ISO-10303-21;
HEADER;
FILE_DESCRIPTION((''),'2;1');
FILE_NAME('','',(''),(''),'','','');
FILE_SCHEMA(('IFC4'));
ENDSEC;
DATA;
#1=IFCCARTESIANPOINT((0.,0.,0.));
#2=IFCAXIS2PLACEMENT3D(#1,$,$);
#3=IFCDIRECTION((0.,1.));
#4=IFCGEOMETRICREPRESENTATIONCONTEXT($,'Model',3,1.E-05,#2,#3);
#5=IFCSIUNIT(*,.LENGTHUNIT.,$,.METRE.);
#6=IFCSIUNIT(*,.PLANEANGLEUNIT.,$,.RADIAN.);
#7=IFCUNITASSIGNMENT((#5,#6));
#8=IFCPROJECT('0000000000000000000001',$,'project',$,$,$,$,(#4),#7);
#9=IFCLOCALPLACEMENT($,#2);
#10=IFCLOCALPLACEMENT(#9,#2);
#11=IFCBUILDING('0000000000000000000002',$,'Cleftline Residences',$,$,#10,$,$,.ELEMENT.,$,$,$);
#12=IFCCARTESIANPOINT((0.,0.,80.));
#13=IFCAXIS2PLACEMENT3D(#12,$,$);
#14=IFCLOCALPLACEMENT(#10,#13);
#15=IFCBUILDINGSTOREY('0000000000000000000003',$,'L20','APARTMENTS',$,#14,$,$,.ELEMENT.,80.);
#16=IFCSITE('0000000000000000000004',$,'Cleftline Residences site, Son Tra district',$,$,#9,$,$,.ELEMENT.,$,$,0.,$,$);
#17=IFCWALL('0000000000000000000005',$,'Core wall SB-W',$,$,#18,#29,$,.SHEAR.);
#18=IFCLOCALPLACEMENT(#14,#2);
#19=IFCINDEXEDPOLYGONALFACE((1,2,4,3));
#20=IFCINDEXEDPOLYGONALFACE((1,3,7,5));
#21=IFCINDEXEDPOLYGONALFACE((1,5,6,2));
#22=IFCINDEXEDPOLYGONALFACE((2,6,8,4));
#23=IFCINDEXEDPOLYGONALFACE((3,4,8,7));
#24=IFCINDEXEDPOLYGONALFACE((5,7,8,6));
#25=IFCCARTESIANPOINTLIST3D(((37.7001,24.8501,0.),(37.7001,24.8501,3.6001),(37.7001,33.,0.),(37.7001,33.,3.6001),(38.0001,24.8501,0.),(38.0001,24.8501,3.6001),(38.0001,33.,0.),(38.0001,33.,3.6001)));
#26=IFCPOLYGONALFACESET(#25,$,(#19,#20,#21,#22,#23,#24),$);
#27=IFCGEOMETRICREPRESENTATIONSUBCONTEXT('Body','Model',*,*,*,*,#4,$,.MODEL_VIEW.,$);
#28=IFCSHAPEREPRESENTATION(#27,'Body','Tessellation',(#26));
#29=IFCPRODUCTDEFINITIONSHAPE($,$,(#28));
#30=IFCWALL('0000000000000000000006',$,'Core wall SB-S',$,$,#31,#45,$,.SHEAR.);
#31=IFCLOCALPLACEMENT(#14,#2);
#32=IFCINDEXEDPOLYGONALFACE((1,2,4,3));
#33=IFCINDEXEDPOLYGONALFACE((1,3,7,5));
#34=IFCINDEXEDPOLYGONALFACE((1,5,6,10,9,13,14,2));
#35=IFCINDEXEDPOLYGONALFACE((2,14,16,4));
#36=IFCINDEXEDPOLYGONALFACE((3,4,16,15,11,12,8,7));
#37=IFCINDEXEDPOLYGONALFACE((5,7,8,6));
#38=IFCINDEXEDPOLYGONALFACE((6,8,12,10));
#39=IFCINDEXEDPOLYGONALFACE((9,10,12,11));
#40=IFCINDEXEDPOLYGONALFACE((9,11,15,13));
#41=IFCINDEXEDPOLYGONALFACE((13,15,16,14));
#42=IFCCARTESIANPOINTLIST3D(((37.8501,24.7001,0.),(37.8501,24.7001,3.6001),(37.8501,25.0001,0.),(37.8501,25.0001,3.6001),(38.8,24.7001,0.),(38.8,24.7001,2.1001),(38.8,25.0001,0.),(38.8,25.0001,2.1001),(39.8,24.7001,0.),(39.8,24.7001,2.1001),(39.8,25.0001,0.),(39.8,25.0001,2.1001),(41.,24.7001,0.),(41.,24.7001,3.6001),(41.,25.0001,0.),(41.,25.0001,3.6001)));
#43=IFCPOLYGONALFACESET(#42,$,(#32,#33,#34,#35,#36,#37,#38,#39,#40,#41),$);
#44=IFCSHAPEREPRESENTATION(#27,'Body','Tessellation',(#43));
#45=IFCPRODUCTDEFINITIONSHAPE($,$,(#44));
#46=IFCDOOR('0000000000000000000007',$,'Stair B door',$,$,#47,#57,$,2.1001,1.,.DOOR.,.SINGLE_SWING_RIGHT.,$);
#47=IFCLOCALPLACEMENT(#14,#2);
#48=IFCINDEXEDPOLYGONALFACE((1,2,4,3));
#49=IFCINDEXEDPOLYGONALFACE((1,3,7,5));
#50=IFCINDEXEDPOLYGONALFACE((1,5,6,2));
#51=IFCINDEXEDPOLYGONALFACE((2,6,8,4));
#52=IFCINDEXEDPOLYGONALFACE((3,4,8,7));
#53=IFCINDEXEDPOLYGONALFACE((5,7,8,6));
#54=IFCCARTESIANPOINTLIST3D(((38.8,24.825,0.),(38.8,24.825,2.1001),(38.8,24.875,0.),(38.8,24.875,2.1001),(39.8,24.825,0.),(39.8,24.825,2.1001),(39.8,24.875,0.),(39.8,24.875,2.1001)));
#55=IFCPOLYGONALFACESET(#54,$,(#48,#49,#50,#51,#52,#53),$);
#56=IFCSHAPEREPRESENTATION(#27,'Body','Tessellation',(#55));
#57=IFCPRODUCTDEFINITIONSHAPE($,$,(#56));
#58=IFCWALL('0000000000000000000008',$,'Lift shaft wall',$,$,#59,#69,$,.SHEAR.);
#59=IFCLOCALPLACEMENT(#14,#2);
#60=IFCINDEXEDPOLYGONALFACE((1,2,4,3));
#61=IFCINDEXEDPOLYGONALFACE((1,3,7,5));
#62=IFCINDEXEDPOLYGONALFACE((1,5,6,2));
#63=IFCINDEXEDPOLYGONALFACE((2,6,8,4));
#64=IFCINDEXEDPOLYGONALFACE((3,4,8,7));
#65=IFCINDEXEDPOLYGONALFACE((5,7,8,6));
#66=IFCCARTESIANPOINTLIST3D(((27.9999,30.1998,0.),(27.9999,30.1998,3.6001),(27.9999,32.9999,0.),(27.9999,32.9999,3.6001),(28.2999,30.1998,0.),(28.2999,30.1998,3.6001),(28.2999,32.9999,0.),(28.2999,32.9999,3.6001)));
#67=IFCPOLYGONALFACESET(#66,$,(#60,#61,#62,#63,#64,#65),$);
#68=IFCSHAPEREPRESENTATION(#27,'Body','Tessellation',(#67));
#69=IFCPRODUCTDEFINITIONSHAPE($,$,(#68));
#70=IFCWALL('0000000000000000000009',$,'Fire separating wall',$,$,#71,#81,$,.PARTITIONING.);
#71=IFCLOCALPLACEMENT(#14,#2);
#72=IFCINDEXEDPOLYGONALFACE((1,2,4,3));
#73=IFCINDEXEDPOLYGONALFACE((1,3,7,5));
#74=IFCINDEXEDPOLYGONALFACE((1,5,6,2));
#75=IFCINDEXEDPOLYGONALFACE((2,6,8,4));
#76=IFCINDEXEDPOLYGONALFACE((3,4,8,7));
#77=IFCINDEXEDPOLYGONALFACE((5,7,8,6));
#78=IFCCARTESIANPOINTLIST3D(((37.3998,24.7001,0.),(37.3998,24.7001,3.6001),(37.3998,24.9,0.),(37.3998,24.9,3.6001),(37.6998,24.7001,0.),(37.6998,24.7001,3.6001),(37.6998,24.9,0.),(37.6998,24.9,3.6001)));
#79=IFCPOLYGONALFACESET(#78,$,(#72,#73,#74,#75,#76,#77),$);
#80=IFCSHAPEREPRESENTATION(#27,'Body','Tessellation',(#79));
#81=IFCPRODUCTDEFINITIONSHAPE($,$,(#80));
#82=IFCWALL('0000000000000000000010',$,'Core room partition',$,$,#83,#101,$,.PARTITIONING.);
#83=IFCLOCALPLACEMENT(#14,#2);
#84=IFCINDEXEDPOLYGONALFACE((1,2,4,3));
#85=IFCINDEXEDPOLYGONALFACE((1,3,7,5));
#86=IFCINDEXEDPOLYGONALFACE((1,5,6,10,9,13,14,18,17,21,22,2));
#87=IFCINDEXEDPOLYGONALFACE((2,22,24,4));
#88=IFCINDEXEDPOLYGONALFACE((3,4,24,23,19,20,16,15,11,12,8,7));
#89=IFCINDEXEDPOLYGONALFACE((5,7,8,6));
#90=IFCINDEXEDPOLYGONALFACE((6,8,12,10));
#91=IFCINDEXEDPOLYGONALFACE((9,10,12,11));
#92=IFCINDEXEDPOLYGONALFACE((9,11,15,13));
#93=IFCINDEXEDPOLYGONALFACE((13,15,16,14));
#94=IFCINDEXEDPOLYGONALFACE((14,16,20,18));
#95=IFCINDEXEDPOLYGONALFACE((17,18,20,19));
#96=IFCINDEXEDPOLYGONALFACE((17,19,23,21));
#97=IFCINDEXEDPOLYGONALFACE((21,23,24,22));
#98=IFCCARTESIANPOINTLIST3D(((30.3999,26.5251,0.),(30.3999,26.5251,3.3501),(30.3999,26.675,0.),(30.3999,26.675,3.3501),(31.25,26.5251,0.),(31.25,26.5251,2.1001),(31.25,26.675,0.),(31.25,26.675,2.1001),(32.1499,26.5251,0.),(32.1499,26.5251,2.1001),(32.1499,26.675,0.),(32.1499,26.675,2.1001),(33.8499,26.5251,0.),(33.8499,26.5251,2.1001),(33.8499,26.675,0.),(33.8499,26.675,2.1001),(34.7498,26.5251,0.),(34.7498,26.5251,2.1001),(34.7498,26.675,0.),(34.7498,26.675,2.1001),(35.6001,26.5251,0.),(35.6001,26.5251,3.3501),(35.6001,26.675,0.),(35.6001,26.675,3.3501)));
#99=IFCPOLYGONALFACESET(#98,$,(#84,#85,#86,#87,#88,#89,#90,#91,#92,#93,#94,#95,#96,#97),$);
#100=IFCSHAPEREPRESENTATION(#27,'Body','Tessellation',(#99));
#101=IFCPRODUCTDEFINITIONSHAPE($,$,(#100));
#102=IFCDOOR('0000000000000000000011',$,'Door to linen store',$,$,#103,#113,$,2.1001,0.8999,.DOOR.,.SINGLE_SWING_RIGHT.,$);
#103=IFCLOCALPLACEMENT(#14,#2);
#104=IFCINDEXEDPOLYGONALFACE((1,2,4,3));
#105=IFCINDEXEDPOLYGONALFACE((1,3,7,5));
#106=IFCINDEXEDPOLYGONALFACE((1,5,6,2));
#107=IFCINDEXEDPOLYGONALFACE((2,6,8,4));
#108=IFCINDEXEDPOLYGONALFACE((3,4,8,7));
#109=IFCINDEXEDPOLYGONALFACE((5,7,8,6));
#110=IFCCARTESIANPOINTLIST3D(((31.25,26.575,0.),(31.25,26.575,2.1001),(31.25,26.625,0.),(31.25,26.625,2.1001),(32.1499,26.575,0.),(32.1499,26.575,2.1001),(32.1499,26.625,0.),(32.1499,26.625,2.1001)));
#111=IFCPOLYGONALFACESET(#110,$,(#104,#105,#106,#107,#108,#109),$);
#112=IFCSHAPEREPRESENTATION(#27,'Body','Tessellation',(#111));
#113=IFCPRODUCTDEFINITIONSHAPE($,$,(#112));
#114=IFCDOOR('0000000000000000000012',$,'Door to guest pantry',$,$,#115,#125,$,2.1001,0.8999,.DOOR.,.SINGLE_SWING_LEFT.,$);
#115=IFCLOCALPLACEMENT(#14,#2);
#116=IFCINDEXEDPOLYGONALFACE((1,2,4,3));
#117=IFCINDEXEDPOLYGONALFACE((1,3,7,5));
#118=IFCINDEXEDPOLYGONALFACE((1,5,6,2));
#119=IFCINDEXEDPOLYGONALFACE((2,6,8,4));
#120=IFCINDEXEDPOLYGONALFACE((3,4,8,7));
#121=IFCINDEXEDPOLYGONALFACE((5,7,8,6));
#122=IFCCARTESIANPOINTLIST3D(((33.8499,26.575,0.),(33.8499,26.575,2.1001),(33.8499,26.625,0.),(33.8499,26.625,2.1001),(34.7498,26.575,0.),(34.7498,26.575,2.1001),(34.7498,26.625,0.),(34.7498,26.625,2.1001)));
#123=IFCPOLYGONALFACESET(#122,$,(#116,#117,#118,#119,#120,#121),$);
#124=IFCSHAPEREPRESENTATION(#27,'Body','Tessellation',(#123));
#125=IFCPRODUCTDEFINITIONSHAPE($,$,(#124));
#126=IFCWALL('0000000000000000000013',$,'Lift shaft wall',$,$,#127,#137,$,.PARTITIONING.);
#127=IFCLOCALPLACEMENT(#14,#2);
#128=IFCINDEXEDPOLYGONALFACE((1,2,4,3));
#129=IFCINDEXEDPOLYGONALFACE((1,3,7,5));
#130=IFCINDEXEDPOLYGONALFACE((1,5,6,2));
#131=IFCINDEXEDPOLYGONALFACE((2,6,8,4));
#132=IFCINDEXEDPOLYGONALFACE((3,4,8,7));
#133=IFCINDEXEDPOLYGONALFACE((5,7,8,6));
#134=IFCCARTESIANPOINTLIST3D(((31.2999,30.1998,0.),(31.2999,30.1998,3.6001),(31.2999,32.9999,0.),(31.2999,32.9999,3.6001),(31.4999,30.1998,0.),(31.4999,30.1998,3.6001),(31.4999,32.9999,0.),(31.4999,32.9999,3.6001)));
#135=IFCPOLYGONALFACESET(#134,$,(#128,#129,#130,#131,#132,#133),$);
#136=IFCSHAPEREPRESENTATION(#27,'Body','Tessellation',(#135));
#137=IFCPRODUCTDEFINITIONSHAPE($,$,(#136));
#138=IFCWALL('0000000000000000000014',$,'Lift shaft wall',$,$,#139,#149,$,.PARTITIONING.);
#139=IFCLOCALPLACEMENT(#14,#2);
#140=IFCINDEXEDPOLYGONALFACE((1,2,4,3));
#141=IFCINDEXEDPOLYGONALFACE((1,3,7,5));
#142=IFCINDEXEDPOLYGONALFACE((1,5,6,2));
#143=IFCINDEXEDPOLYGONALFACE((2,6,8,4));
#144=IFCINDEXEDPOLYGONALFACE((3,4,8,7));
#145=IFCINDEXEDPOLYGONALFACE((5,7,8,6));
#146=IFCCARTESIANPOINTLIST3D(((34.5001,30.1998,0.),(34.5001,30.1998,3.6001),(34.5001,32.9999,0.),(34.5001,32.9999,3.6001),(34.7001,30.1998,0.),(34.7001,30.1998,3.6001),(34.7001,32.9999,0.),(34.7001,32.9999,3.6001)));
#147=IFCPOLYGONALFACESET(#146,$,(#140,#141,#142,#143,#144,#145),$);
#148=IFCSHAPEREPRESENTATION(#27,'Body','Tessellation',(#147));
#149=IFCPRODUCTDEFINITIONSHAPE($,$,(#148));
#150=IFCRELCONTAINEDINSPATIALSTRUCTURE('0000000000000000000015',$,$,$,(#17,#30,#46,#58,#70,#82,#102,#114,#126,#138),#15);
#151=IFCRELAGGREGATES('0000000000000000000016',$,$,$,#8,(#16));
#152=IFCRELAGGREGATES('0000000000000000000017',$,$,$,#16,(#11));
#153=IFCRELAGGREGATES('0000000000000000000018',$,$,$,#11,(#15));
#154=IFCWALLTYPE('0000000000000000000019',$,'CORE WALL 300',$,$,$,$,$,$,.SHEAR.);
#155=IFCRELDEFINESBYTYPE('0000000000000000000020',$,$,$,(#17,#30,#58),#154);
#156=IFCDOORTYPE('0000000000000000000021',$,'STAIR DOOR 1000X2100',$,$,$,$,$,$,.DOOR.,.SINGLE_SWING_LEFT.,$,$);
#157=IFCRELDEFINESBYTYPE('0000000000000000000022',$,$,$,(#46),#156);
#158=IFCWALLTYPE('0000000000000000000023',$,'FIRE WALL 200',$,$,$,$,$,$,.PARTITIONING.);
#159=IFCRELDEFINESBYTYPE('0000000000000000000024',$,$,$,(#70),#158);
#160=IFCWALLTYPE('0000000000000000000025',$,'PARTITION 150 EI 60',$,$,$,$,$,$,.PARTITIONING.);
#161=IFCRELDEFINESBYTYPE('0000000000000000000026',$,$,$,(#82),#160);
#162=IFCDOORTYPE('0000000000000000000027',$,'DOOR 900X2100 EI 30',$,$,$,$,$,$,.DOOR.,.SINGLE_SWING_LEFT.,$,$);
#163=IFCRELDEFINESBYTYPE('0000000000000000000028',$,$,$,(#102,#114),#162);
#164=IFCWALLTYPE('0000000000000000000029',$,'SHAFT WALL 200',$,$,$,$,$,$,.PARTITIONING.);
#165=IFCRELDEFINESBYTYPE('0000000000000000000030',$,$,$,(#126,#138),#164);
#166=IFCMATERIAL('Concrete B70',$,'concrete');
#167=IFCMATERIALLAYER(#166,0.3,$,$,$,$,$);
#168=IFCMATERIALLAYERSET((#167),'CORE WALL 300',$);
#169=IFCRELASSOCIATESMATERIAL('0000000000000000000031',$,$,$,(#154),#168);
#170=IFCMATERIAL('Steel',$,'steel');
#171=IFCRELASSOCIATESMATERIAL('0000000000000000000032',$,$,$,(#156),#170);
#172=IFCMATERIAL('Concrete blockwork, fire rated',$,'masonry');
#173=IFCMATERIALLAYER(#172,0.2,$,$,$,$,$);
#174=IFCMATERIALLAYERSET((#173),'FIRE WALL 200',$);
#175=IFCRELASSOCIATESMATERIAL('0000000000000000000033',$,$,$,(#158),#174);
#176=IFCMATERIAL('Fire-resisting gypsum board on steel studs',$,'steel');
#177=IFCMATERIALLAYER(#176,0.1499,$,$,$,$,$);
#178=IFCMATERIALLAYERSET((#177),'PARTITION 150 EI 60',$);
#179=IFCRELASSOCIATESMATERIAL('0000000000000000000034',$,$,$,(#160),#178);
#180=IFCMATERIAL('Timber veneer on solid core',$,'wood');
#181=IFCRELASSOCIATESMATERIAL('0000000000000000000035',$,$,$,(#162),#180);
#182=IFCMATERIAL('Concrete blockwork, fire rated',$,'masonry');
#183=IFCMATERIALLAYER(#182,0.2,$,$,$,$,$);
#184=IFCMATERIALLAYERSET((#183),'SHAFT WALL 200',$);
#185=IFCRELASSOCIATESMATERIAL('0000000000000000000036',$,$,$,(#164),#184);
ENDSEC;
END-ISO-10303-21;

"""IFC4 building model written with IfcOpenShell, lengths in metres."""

from ifc_helpers import new_model, si_unit, direction, frame, frame_2d, origin, place, context, subcontext, project, spatial, rectangle, extrude, material, layer, layer_set, type_object, element, fill, save


model = new_model("IFC4")

# Units and contexts
model_context = context("Model", 3, precision=1e-05, world=origin(), true_north=direction((0.0, 1.0)))
body_context = subcontext(model_context, "Body", "Model", "MODEL_VIEW")
ifc_project = project(units=[si_unit("LENGTHUNIT", "METRE"), si_unit("PLANEANGLEUNIT", "RADIAN")], contexts=[model_context])

# Site, building, storey
site_placement = place(None, origin())
site = spatial("IfcSite", under=ifc_project, at=site_placement, Name="Cleftline Residences site, Son Tra district", CompositionType="ELEMENT", RefElevation=0.0)
building_placement = place(site_placement, origin())
building = spatial("IfcBuilding", under=site, at=building_placement, Name="Cleftline Residences", CompositionType="ELEMENT")
storey_placement = place(building_placement, frame((0.0, 0.0, 80.0)))
storey = spatial("IfcBuildingStorey", under=building, at=storey_placement, Name="L20", Description="APARTMENTS", CompositionType="ELEMENT", Elevation=80.0)

# Wall
ifc_material_1 = material(Name="Concrete B70", Category="concrete")
ifc_layer_1 = layer(ifc_material_1, 0.3)
ifc_layer_set_1 = layer_set([ifc_layer_1], Name="CORE WALL 300")
wall_type_1 = type_object("IfcWallType", Name="CORE WALL 300", PredefinedType="SHEAR", material=ifc_layer_set_1)
wall_1_placement = place(storey_placement, frame((37.8501, 24.8501, 0.0), z_axis=(0.0, 0.0, 1.0), x_axis=(0.0, 1.0, 0.0)))
element("IfcWall", 1, at=wall_1_placement, inside=storey, type_object=wall_type_1, Name="Core wall SB-W", PredefinedType="SHEAR", context=body_context, shape_type="SweptSolid", body=[
    extrude(rectangle(XDim=8.1499, YDim=0.3, at=frame_2d((4.075, 0.0))), origin(), (0.0, 0.0, 1.0), 3.6001),
])

# Wall, opening, door
wall_2_placement = place(storey_placement, frame((37.8501, 24.8501, 0.0), z_axis=(0.0, 0.0, 1.0), x_axis=(1.0, 0.0, 0.0)))
wall_2 = element("IfcWall", 2, at=wall_2_placement, inside=storey, type_object=wall_type_1, Name="Core wall SB-S", PredefinedType="SHEAR", context=body_context, shape_type="SweptSolid", body=[
    extrude(rectangle(XDim=3.1499, YDim=0.3, at=frame_2d((1.575, 0.0))), origin(), (0.0, 0.0, 1.0), 3.6001),
])
opening_1_placement = place(wall_2_placement, frame((0.95, 0.0, 0.0)))
opening_1 = element("IfcOpeningElement", 3, at=opening_1_placement, cuts=wall_2, PredefinedType="OPENING", context=body_context, shape_type="SweptSolid", body=[
    extrude(rectangle(XDim=1.0, YDim=2.1001, at=frame_2d((0.5, 1.05))), frame((0.0, 0.1599, 0.0), z_axis=(0.0, -1.0, 0.0), x_axis=(1.0, 0.0, 0.0)), (0.0, 0.0, 1.0), 0.3201),
])
ifc_material_2 = material(Name="Steel", Category="steel")
door_type_1 = type_object("IfcDoorType", Name="STAIR DOOR 1000X2100", OperationType="SINGLE_SWING_LEFT", PredefinedType="DOOR", material=ifc_material_2)
door_1_placement = place(opening_1_placement, origin())
door_1 = element("IfcDoor", 4, at=door_1_placement, inside=storey, type_object=door_type_1, Name="Stair B door", OperationType="SINGLE_SWING_RIGHT", OverallHeight=2.1001, OverallWidth=1.0, PredefinedType="DOOR", context=body_context, shape_type="SweptSolid", body=[
    extrude(rectangle(XDim=1.0, YDim=2.1001, at=frame_2d((0.5, 1.05))), frame((0.0, 0.0249, 0.0), z_axis=(0.0, -1.0, 0.0), x_axis=(1.0, 0.0, 0.0)), (0.0, 0.0, 1.0), 0.05),
])
fill(opening_1, door_1)

# Walls
wall_3_placement = place(storey_placement, frame((28.1499, 30.2, 0.0), z_axis=(0.0, 0.0, 1.0), x_axis=(0.0, 1.0, 0.0)))
element("IfcWall", 5, at=wall_3_placement, inside=storey, type_object=wall_type_1, Name="Lift shaft wall", PredefinedType="SHEAR", context=body_context, shape_type="SweptSolid", body=[
    extrude(rectangle(XDim=2.8, YDim=0.3, at=frame_2d((1.3999, 0.0))), origin(), (0.0, 0.0, 1.0), 3.6001),
])
ifc_material_3 = material(Name="Concrete blockwork, fire rated", Category="masonry")
ifc_layer_2 = layer(ifc_material_3, 0.2)
ifc_layer_set_2 = layer_set([ifc_layer_2], Name="FIRE WALL 200")
wall_type_2 = type_object("IfcWallType", Name="FIRE WALL 200", PredefinedType="PARTITIONING", material=ifc_layer_set_2)
wall_4_placement = place(storey_placement, frame((37.3999, 24.8, 0.0), z_axis=(0.0, 0.0, 1.0), x_axis=(1.0, 0.0, 0.0)))
element("IfcWall", 6, at=wall_4_placement, inside=storey, type_object=wall_type_2, Name="Fire separating wall", PredefinedType="PARTITIONING", context=body_context, shape_type="SweptSolid", body=[
    extrude(rectangle(XDim=0.3, YDim=0.2, at=frame_2d((0.1499, 0.0))), origin(), (0.0, 0.0, 1.0), 3.6001),
])

# Wall, openings, doors
ifc_material_4 = material(Name="Fire-resisting gypsum board on steel studs", Category="steel")
ifc_layer_3 = layer(ifc_material_4, 0.1499)
ifc_layer_set_3 = layer_set([ifc_layer_3], Name="PARTITION 150 EI 60")
wall_type_3 = type_object("IfcWallType", Name="PARTITION 150 EI 60", PredefinedType="PARTITIONING", material=ifc_layer_set_3)
wall_5_placement = place(storey_placement, frame((30.3999, 26.6001, 0.0), z_axis=(0.0, 0.0, 1.0), x_axis=(1.0, 0.0, 0.0)))
wall_5 = element("IfcWall", 7, at=wall_5_placement, inside=storey, type_object=wall_type_3, Name="Core room partition", PredefinedType="PARTITIONING", context=body_context, shape_type="SweptSolid", body=[
    extrude(rectangle(XDim=5.2002, YDim=0.1499, at=frame_2d((2.6001, 0.0))), origin(), (0.0, 0.0, 1.0), 3.3501),
])
opening_2_placement = place(wall_5_placement, frame((0.8501, 0.0, 0.0)))
opening_2 = element("IfcOpeningElement", 8, at=opening_2_placement, cuts=wall_5, PredefinedType="OPENING", context=body_context, shape_type="SweptSolid", body=[
    extrude(rectangle(XDim=0.8999, YDim=2.1001, at=frame_2d((0.45, 1.05))), frame((0.0, 0.085, 0.0), z_axis=(0.0, -1.0, 0.0), x_axis=(1.0, 0.0, 0.0)), (0.0, 0.0, 1.0), 0.1699),
])
opening_3_placement = place(wall_5_placement, frame((3.45, 0.0, 0.0)))
opening_3 = element("IfcOpeningElement", 9, at=opening_3_placement, cuts=wall_5, PredefinedType="OPENING", context=body_context, shape_type="SweptSolid", body=[
    extrude(rectangle(XDim=0.8999, YDim=2.1001, at=frame_2d((0.45, 1.05))), frame((0.0, 0.085, 0.0), z_axis=(0.0, -1.0, 0.0), x_axis=(1.0, 0.0, 0.0)), (0.0, 0.0, 1.0), 0.1699),
])
ifc_material_5 = material(Name="Timber veneer on solid core", Category="wood")
door_type_2 = type_object("IfcDoorType", Name="DOOR 900X2100 EI 30", OperationType="SINGLE_SWING_LEFT", PredefinedType="DOOR", material=ifc_material_5)
door_2_placement = place(opening_2_placement, origin())
door_2 = element("IfcDoor", 10, at=door_2_placement, inside=storey, type_object=door_type_2, Name="Door to linen store", OperationType="SINGLE_SWING_RIGHT", OverallHeight=2.1001, OverallWidth=0.8999, PredefinedType="DOOR", context=body_context, shape_type="SweptSolid", body=[
    extrude(rectangle(XDim=0.8999, YDim=2.1001, at=frame_2d((0.45, 1.05))), frame((0.0, 0.0249, 0.0), z_axis=(0.0, -1.0, 0.0), x_axis=(1.0, 0.0, 0.0)), (0.0, 0.0, 1.0), 0.05),
])
fill(opening_2, door_2)
door_3_placement = place(opening_3_placement, origin())
door_3 = element("IfcDoor", 11, at=door_3_placement, inside=storey, type_object=door_type_2, Name="Door to guest pantry", OperationType="SINGLE_SWING_LEFT", OverallHeight=2.1001, OverallWidth=0.8999, PredefinedType="DOOR", context=body_context, shape_type="SweptSolid", body=[
    extrude(rectangle(XDim=0.8999, YDim=2.1001, at=frame_2d((0.45, 1.05))), frame((0.0, 0.0249, 0.0), z_axis=(0.0, -1.0, 0.0), x_axis=(1.0, 0.0, 0.0)), (0.0, 0.0, 1.0), 0.05),
])
fill(opening_3, door_3)

# Walls
ifc_material_6 = material(Name="Concrete blockwork, fire rated", Category="masonry")
ifc_layer_4 = layer(ifc_material_6, 0.2)
ifc_layer_set_4 = layer_set([ifc_layer_4], Name="SHAFT WALL 200")
wall_type_4 = type_object("IfcWallType", Name="SHAFT WALL 200", PredefinedType="PARTITIONING", material=ifc_layer_set_4)
for number, where, z_axis, x_axis, name in (
    (12, (31.3999, 30.2, 0.0), (0.0, 0.0, 1.0), (0.0, 1.0, 0.0), "Lift shaft wall"),
    (13, (34.6001, 30.2, 0.0), (0.0, 0.0, 1.0), (0.0, 1.0, 0.0), "Lift shaft wall"),
):
    element("IfcWall", number, at=place(storey_placement, frame(where, z_axis=z_axis, x_axis=x_axis)), inside=storey, type_object=wall_type_4, Name=name, PredefinedType="PARTITIONING", context=body_context, shape_type="SweptSolid", body=[
        extrude(rectangle(XDim=2.8, YDim=0.2, at=frame_2d((1.3999, 0.0))), origin(), (0.0, 0.0, 1.0), 3.6001),
    ])

save(model, "model.ifc")
